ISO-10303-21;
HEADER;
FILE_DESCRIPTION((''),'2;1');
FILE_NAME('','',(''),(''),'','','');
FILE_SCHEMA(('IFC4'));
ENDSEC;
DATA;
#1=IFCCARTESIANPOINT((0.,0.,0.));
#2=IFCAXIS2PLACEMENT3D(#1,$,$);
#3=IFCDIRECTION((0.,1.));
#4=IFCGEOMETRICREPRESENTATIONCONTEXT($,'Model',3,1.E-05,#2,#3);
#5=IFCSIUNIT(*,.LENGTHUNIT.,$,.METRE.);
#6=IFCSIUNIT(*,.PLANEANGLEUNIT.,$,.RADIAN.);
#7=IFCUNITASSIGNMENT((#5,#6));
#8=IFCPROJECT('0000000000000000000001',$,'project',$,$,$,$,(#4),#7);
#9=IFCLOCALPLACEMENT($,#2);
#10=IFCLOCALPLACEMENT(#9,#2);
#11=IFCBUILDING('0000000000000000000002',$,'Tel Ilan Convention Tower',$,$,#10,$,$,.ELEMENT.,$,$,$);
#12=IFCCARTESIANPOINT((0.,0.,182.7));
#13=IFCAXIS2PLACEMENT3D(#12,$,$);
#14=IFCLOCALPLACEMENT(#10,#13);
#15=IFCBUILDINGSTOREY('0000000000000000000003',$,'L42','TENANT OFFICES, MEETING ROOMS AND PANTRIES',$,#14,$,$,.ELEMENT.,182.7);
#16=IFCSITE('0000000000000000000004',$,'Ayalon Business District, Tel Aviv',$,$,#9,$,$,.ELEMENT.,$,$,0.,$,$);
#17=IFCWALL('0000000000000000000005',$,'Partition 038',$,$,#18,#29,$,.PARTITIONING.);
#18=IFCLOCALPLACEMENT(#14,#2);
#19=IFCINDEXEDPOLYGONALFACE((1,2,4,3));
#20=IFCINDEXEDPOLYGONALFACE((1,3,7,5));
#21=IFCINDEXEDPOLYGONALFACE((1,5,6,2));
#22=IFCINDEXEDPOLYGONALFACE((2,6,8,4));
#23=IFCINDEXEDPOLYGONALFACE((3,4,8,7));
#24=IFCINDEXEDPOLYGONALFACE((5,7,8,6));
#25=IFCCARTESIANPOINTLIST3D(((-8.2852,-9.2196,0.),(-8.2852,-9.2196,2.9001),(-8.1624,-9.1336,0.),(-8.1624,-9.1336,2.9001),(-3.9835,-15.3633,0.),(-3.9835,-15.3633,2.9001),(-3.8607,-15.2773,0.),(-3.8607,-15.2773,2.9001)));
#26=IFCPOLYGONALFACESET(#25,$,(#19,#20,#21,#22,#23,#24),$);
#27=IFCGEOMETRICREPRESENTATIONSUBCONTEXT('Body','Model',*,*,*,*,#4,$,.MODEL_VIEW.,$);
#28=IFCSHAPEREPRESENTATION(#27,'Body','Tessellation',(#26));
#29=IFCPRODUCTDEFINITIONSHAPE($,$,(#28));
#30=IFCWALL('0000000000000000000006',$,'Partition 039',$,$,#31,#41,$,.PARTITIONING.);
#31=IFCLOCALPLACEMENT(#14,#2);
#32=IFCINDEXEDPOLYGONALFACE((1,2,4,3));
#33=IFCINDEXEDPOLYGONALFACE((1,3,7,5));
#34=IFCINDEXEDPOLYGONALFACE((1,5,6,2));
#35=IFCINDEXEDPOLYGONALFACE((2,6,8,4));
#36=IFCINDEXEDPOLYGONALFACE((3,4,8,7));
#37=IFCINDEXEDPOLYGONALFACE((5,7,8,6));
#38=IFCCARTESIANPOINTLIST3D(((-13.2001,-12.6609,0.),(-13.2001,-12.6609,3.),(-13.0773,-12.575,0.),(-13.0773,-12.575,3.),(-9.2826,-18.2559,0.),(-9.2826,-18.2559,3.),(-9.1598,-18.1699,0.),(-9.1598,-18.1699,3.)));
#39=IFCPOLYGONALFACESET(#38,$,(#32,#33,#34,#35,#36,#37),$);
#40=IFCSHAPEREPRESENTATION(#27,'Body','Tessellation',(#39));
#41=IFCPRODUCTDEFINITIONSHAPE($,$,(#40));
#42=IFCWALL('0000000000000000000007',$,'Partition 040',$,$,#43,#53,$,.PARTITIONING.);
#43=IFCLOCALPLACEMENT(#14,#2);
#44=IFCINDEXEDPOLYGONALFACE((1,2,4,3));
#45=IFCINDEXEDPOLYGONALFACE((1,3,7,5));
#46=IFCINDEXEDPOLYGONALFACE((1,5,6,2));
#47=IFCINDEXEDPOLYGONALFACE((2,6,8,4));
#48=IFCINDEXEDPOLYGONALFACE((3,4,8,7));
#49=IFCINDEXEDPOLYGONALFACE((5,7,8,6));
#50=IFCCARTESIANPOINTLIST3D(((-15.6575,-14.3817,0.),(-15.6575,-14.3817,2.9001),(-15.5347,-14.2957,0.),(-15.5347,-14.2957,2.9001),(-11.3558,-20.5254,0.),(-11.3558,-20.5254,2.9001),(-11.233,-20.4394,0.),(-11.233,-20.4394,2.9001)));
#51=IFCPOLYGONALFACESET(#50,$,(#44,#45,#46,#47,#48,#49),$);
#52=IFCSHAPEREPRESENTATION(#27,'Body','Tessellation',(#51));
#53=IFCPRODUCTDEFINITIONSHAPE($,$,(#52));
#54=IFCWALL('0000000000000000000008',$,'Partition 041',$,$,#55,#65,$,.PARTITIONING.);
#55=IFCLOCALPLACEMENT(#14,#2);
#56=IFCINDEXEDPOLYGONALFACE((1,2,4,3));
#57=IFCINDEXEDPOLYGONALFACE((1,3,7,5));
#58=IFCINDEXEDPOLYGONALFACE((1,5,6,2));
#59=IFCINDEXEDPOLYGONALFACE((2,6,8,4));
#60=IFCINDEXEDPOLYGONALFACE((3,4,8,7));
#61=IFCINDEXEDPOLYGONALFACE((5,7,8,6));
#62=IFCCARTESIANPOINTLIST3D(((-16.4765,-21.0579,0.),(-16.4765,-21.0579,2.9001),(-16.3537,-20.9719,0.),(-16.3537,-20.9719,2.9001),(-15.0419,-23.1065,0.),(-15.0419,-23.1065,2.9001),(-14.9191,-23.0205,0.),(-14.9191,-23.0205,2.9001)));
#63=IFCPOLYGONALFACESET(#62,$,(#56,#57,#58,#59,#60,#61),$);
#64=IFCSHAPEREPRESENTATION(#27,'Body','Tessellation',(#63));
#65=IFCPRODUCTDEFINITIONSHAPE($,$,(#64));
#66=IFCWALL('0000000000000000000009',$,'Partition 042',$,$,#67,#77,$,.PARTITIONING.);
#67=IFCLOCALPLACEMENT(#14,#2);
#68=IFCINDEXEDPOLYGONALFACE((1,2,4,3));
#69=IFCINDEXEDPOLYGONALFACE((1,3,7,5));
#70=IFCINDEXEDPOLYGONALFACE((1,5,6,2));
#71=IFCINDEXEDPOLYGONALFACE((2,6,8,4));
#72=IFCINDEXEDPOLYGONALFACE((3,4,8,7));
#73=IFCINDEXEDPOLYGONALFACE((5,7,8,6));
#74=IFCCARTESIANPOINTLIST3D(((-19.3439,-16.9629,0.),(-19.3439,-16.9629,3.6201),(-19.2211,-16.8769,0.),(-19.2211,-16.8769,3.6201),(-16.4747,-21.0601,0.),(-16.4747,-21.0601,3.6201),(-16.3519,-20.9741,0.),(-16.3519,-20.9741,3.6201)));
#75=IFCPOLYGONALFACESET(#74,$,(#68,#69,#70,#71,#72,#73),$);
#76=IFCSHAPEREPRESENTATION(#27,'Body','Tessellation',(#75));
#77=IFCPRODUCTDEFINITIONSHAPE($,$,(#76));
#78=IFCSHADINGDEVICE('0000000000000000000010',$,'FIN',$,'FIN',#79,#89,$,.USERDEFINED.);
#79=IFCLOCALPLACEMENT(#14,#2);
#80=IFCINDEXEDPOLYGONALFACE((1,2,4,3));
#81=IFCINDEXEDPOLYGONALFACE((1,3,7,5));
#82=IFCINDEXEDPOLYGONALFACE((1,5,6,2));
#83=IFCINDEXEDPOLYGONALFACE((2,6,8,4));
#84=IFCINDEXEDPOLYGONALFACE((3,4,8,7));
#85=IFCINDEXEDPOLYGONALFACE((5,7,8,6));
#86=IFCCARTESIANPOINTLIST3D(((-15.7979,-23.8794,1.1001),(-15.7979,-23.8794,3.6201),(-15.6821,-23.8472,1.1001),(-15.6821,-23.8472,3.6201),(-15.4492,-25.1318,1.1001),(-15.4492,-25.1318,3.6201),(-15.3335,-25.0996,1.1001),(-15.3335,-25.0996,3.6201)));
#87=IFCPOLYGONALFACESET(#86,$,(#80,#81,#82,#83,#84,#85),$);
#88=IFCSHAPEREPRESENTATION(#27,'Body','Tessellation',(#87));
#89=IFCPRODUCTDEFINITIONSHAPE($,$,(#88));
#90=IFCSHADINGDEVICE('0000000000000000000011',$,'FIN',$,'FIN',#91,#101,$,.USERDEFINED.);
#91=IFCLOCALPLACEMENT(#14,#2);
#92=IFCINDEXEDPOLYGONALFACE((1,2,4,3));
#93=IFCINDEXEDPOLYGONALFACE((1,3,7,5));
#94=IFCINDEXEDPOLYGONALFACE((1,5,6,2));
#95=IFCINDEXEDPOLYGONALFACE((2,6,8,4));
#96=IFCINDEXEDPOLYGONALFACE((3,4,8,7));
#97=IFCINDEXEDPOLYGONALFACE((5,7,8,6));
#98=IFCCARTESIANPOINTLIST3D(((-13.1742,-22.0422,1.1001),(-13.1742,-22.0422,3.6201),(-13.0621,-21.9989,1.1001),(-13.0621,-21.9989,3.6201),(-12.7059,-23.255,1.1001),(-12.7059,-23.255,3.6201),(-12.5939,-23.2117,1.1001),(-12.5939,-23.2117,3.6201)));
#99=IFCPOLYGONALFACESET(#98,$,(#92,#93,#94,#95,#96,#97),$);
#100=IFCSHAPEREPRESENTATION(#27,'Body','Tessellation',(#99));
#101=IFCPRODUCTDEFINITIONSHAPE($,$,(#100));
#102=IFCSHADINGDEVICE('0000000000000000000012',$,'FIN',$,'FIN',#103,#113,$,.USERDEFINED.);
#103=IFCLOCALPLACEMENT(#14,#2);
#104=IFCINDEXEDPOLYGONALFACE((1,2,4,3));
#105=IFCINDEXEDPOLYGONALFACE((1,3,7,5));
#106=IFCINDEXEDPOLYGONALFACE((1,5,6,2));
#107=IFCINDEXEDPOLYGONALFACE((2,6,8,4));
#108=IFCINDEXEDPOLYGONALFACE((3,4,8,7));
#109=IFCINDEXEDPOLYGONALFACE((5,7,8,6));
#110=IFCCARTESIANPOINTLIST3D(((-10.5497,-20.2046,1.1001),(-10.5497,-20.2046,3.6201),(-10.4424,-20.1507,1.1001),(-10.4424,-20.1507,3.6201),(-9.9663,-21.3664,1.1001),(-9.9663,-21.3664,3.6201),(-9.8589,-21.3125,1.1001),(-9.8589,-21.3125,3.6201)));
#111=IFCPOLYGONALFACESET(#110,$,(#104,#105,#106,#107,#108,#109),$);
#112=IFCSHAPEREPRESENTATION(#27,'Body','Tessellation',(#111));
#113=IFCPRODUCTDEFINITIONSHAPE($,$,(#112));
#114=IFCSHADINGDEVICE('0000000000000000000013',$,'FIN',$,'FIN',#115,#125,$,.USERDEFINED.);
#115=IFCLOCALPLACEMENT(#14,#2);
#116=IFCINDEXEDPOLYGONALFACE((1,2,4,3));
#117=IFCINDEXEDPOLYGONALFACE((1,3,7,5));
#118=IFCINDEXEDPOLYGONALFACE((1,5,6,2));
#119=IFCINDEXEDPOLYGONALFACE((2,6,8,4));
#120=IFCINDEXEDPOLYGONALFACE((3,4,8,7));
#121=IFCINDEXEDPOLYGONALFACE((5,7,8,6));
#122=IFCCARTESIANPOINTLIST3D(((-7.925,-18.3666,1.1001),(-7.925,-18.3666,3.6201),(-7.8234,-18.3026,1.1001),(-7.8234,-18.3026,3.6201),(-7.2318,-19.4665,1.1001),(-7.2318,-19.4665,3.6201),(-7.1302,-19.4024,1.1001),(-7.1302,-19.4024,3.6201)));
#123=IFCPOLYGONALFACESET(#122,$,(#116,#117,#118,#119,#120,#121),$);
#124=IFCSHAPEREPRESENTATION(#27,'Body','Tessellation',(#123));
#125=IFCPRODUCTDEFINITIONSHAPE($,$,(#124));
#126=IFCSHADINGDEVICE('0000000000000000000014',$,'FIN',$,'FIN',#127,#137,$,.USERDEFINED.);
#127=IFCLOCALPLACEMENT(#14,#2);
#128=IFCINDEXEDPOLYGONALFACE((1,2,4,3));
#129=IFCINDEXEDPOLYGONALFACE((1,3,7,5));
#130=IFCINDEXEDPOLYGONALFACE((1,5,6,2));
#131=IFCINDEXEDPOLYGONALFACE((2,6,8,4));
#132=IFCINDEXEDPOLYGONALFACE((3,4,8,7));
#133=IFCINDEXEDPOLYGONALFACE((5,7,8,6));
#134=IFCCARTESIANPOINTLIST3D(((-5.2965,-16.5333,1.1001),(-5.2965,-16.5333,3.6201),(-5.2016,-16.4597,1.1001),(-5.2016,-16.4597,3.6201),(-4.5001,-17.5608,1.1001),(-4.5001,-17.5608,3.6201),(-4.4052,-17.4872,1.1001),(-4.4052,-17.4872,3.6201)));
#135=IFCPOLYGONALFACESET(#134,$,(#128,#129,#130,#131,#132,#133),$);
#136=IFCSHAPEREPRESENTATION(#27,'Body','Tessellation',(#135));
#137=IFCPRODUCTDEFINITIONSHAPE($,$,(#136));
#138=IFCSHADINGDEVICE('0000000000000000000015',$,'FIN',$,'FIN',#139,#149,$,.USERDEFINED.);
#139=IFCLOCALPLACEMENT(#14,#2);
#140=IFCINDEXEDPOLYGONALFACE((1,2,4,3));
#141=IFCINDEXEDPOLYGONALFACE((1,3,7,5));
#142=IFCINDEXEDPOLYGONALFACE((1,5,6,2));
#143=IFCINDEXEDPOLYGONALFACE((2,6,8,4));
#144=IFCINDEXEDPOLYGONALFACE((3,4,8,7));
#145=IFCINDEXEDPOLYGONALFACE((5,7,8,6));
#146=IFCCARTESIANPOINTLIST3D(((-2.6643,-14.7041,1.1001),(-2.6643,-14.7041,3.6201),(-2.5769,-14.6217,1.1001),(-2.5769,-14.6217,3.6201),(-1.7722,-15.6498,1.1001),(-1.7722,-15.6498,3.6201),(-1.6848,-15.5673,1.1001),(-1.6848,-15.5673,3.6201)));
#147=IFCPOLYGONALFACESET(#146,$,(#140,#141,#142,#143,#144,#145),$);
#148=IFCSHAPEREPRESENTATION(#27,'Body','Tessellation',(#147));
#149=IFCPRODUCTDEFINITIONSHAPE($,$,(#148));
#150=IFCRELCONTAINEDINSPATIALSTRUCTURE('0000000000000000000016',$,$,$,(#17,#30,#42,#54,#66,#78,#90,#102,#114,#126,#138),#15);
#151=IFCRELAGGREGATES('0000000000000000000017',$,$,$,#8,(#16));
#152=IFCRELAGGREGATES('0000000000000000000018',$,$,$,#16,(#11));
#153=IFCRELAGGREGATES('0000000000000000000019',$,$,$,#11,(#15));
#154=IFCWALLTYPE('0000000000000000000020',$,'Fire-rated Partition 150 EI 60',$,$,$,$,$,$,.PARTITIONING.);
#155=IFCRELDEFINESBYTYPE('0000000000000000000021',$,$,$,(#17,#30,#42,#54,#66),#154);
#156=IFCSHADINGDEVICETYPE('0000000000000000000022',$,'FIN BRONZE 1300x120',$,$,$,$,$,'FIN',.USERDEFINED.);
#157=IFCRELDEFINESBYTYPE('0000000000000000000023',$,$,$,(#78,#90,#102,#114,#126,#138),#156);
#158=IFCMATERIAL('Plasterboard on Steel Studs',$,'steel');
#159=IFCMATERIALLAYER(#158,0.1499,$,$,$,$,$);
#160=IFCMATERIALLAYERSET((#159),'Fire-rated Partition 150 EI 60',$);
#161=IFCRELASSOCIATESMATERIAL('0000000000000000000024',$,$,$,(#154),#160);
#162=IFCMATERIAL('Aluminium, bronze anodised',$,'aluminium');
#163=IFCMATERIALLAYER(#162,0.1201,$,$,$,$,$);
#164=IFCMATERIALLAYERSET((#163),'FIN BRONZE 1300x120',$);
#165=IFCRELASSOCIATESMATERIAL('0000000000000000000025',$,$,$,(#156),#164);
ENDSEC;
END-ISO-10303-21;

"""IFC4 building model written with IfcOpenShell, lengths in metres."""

from ifc_helpers import new_model, si_unit, direction, frame, frame_2d, origin, origin_2d, place, context, subcontext, project, spatial, rectangle, extrude, material, layer, layer_set, type_object, element, save


model = new_model("IFC4")

# Units and contexts
model_context = context("Model", 3, precision=1e-05, world=origin(), true_north=direction((0.0, 1.0)))
body_context = subcontext(model_context, "Body", "Model", "MODEL_VIEW")
ifc_project = project(units=[si_unit("LENGTHUNIT", "METRE"), si_unit("PLANEANGLEUNIT", "RADIAN")], contexts=[model_context])

# Site, building, storey
site_placement = place(None, origin())
site = spatial("IfcSite", under=ifc_project, at=site_placement, Name="Ayalon Business District, Tel Aviv", CompositionType="ELEMENT", RefElevation=0.0)
building_placement = place(site_placement, origin())
building = spatial("IfcBuilding", under=site, at=building_placement, Name="Tel Ilan Convention Tower", CompositionType="ELEMENT")
storey_placement = place(building_placement, frame((0.0, 0.0, 182.7)))
storey = spatial("IfcBuildingStorey", under=building, at=storey_placement, Name="L42", Description="TENANT OFFICES, MEETING ROOMS AND PANTRIES", CompositionType="ELEMENT", Elevation=182.7)

# Walls
ifc_material_1 = material(Name="Plasterboard on Steel Studs", Category="steel")
ifc_layer_1 = layer(ifc_material_1, 0.1499)
ifc_layer_set_1 = layer_set([ifc_layer_1], Name="Fire-rated Partition 150 EI 60")
wall_type = type_object("IfcWallType", Name="Fire-rated Partition 150 EI 60", PredefinedType="PARTITIONING", material=ifc_layer_set_1)
wall_1_placement = place(storey_placement, frame((-3.9221, -15.3203, 0.0), z_axis=(0.0, 0.0, 1.0), x_axis=(-0.573561, 0.819163, 0.0)))
element("IfcWall", 1, at=wall_1_placement, inside=storey, type_object=wall_type, Name="Partition 038", PredefinedType="PARTITIONING", context=body_context, shape_type="SweptSolid", body=[
    extrude(rectangle(XDim=7.5, YDim=0.1499, at=frame_2d((3.75, 0.0))), origin(), (0.0, 0.0, 1.0), 2.9001),
])
wall_2_placement = place(storey_placement, frame((-9.2212, -18.2129, 0.0), z_axis=(0.0, 0.0, 1.0), x_axis=(-0.573561, 0.819163, 0.0)))
element("IfcWall", 2, at=wall_2_placement, inside=storey, type_object=wall_type, Name="Partition 039", PredefinedType="PARTITIONING", context=body_context, shape_type="SweptSolid", body=[
    extrude(rectangle(XDim=6.8301, YDim=0.1499, at=frame_2d((3.415, 0.0))), origin(), (0.0, 0.0, 1.0), 3.0),
])
wall_3_placement = place(storey_placement, frame((-11.2944, -20.4824, 0.0), z_axis=(0.0, 0.0, 1.0), x_axis=(-0.573561, 0.819163, 0.0)))
element("IfcWall", 3, at=wall_3_placement, inside=storey, type_object=wall_type, Name="Partition 040", PredefinedType="PARTITIONING", context=body_context, shape_type="SweptSolid", body=[
    extrude(rectangle(XDim=7.5, YDim=0.1499, at=frame_2d((3.75, 0.0))), origin(), (0.0, 0.0, 1.0), 2.9001),
])
wall_4_placement = place(storey_placement, frame((-14.9805, -23.0635, 0.0), z_axis=(0.0, 0.0, 1.0), x_axis=(-0.573613, 0.819126, 0.0)))
element("IfcWall", 4, at=wall_4_placement, inside=storey, type_object=wall_type, Name="Partition 041", PredefinedType="PARTITIONING", context=body_context, shape_type="SweptSolid", body=[
    extrude(rectangle(XDim=2.501, YDim=0.1499, at=frame_2d((1.2505, 0.0))), origin(), (0.0, 0.0, 1.0), 2.9001),
])
wall_5_placement = place(storey_placement, frame((-16.4133, -21.0171, 0.0), z_axis=(0.0, 0.0, 1.0), x_axis=(-0.573613, 0.819126, 0.0)))
element("IfcWall", 5, at=wall_5_placement, inside=storey, type_object=wall_type, Name="Partition 042", PredefinedType="PARTITIONING", context=body_context, shape_type="SweptSolid", body=[
    extrude(rectangle(XDim=5.002, YDim=0.1499, at=frame_2d((2.501, 0.0))), origin(), (0.0, 0.0, 1.0), 3.6201),
])

# Shading devices
ifc_material_2 = material(Name="Aluminium, bronze anodised", Category="aluminium")
ifc_layer_2 = layer(ifc_material_2, 0.1201)
ifc_layer_set_2 = layer_set([ifc_layer_2], Name="FIN BRONZE 1300x120")
shading_device_type = type_object("IfcShadingDeviceType", Name="FIN BRONZE 1300x120", ElementType="FIN", PredefinedType="USERDEFINED", material=ifc_layer_set_2)
for number, where, z_axis, x_axis, name in (
    (6, (-15.5657, -24.4895, 1.1001), (0.0, 0.0, 1.0), (0.268173, -0.963371, 0.0), "FIN"),
    (7, (-12.884, -22.627, 1.1001), (0.0, 0.0, 1.0), (0.360178, -0.932884, 0.0), "FIN"),
    (8, (-10.2043, -20.7585, 1.1001), (0.0, 0.0, 1.0), (0.448799, -0.893633, 0.0), "FIN"),
    (9, (-7.5276, -18.8845, 1.1001), (0.0, 0.0, 1.0), (0.533204, -0.845986, 0.0), "FIN"),
    (10, (-4.8508, -17.0103, 1.1001), (0.0, 0.0, 1.0), (0.612601, -0.790393, 0.0), "FIN"),
    (11, (-2.1746, -15.1357, 1.1001), (0.0, 0.0, 1.0), (0.686242, -0.727374, 0.0), "FIN"),
):
    element("IfcShadingDevice", number, at=place(storey_placement, frame(where, z_axis=z_axis, x_axis=x_axis)), inside=storey, type_object=shading_device_type, Name=name, ObjectType="FIN", PredefinedType="USERDEFINED", context=body_context, shape_type="SweptSolid", body=[
        extrude(rectangle(XDim=1.3, YDim=0.1201, at=origin_2d()), origin(), (0.0, 0.0, 1.0), 2.52),
    ])

save(model, "model.ifc")
